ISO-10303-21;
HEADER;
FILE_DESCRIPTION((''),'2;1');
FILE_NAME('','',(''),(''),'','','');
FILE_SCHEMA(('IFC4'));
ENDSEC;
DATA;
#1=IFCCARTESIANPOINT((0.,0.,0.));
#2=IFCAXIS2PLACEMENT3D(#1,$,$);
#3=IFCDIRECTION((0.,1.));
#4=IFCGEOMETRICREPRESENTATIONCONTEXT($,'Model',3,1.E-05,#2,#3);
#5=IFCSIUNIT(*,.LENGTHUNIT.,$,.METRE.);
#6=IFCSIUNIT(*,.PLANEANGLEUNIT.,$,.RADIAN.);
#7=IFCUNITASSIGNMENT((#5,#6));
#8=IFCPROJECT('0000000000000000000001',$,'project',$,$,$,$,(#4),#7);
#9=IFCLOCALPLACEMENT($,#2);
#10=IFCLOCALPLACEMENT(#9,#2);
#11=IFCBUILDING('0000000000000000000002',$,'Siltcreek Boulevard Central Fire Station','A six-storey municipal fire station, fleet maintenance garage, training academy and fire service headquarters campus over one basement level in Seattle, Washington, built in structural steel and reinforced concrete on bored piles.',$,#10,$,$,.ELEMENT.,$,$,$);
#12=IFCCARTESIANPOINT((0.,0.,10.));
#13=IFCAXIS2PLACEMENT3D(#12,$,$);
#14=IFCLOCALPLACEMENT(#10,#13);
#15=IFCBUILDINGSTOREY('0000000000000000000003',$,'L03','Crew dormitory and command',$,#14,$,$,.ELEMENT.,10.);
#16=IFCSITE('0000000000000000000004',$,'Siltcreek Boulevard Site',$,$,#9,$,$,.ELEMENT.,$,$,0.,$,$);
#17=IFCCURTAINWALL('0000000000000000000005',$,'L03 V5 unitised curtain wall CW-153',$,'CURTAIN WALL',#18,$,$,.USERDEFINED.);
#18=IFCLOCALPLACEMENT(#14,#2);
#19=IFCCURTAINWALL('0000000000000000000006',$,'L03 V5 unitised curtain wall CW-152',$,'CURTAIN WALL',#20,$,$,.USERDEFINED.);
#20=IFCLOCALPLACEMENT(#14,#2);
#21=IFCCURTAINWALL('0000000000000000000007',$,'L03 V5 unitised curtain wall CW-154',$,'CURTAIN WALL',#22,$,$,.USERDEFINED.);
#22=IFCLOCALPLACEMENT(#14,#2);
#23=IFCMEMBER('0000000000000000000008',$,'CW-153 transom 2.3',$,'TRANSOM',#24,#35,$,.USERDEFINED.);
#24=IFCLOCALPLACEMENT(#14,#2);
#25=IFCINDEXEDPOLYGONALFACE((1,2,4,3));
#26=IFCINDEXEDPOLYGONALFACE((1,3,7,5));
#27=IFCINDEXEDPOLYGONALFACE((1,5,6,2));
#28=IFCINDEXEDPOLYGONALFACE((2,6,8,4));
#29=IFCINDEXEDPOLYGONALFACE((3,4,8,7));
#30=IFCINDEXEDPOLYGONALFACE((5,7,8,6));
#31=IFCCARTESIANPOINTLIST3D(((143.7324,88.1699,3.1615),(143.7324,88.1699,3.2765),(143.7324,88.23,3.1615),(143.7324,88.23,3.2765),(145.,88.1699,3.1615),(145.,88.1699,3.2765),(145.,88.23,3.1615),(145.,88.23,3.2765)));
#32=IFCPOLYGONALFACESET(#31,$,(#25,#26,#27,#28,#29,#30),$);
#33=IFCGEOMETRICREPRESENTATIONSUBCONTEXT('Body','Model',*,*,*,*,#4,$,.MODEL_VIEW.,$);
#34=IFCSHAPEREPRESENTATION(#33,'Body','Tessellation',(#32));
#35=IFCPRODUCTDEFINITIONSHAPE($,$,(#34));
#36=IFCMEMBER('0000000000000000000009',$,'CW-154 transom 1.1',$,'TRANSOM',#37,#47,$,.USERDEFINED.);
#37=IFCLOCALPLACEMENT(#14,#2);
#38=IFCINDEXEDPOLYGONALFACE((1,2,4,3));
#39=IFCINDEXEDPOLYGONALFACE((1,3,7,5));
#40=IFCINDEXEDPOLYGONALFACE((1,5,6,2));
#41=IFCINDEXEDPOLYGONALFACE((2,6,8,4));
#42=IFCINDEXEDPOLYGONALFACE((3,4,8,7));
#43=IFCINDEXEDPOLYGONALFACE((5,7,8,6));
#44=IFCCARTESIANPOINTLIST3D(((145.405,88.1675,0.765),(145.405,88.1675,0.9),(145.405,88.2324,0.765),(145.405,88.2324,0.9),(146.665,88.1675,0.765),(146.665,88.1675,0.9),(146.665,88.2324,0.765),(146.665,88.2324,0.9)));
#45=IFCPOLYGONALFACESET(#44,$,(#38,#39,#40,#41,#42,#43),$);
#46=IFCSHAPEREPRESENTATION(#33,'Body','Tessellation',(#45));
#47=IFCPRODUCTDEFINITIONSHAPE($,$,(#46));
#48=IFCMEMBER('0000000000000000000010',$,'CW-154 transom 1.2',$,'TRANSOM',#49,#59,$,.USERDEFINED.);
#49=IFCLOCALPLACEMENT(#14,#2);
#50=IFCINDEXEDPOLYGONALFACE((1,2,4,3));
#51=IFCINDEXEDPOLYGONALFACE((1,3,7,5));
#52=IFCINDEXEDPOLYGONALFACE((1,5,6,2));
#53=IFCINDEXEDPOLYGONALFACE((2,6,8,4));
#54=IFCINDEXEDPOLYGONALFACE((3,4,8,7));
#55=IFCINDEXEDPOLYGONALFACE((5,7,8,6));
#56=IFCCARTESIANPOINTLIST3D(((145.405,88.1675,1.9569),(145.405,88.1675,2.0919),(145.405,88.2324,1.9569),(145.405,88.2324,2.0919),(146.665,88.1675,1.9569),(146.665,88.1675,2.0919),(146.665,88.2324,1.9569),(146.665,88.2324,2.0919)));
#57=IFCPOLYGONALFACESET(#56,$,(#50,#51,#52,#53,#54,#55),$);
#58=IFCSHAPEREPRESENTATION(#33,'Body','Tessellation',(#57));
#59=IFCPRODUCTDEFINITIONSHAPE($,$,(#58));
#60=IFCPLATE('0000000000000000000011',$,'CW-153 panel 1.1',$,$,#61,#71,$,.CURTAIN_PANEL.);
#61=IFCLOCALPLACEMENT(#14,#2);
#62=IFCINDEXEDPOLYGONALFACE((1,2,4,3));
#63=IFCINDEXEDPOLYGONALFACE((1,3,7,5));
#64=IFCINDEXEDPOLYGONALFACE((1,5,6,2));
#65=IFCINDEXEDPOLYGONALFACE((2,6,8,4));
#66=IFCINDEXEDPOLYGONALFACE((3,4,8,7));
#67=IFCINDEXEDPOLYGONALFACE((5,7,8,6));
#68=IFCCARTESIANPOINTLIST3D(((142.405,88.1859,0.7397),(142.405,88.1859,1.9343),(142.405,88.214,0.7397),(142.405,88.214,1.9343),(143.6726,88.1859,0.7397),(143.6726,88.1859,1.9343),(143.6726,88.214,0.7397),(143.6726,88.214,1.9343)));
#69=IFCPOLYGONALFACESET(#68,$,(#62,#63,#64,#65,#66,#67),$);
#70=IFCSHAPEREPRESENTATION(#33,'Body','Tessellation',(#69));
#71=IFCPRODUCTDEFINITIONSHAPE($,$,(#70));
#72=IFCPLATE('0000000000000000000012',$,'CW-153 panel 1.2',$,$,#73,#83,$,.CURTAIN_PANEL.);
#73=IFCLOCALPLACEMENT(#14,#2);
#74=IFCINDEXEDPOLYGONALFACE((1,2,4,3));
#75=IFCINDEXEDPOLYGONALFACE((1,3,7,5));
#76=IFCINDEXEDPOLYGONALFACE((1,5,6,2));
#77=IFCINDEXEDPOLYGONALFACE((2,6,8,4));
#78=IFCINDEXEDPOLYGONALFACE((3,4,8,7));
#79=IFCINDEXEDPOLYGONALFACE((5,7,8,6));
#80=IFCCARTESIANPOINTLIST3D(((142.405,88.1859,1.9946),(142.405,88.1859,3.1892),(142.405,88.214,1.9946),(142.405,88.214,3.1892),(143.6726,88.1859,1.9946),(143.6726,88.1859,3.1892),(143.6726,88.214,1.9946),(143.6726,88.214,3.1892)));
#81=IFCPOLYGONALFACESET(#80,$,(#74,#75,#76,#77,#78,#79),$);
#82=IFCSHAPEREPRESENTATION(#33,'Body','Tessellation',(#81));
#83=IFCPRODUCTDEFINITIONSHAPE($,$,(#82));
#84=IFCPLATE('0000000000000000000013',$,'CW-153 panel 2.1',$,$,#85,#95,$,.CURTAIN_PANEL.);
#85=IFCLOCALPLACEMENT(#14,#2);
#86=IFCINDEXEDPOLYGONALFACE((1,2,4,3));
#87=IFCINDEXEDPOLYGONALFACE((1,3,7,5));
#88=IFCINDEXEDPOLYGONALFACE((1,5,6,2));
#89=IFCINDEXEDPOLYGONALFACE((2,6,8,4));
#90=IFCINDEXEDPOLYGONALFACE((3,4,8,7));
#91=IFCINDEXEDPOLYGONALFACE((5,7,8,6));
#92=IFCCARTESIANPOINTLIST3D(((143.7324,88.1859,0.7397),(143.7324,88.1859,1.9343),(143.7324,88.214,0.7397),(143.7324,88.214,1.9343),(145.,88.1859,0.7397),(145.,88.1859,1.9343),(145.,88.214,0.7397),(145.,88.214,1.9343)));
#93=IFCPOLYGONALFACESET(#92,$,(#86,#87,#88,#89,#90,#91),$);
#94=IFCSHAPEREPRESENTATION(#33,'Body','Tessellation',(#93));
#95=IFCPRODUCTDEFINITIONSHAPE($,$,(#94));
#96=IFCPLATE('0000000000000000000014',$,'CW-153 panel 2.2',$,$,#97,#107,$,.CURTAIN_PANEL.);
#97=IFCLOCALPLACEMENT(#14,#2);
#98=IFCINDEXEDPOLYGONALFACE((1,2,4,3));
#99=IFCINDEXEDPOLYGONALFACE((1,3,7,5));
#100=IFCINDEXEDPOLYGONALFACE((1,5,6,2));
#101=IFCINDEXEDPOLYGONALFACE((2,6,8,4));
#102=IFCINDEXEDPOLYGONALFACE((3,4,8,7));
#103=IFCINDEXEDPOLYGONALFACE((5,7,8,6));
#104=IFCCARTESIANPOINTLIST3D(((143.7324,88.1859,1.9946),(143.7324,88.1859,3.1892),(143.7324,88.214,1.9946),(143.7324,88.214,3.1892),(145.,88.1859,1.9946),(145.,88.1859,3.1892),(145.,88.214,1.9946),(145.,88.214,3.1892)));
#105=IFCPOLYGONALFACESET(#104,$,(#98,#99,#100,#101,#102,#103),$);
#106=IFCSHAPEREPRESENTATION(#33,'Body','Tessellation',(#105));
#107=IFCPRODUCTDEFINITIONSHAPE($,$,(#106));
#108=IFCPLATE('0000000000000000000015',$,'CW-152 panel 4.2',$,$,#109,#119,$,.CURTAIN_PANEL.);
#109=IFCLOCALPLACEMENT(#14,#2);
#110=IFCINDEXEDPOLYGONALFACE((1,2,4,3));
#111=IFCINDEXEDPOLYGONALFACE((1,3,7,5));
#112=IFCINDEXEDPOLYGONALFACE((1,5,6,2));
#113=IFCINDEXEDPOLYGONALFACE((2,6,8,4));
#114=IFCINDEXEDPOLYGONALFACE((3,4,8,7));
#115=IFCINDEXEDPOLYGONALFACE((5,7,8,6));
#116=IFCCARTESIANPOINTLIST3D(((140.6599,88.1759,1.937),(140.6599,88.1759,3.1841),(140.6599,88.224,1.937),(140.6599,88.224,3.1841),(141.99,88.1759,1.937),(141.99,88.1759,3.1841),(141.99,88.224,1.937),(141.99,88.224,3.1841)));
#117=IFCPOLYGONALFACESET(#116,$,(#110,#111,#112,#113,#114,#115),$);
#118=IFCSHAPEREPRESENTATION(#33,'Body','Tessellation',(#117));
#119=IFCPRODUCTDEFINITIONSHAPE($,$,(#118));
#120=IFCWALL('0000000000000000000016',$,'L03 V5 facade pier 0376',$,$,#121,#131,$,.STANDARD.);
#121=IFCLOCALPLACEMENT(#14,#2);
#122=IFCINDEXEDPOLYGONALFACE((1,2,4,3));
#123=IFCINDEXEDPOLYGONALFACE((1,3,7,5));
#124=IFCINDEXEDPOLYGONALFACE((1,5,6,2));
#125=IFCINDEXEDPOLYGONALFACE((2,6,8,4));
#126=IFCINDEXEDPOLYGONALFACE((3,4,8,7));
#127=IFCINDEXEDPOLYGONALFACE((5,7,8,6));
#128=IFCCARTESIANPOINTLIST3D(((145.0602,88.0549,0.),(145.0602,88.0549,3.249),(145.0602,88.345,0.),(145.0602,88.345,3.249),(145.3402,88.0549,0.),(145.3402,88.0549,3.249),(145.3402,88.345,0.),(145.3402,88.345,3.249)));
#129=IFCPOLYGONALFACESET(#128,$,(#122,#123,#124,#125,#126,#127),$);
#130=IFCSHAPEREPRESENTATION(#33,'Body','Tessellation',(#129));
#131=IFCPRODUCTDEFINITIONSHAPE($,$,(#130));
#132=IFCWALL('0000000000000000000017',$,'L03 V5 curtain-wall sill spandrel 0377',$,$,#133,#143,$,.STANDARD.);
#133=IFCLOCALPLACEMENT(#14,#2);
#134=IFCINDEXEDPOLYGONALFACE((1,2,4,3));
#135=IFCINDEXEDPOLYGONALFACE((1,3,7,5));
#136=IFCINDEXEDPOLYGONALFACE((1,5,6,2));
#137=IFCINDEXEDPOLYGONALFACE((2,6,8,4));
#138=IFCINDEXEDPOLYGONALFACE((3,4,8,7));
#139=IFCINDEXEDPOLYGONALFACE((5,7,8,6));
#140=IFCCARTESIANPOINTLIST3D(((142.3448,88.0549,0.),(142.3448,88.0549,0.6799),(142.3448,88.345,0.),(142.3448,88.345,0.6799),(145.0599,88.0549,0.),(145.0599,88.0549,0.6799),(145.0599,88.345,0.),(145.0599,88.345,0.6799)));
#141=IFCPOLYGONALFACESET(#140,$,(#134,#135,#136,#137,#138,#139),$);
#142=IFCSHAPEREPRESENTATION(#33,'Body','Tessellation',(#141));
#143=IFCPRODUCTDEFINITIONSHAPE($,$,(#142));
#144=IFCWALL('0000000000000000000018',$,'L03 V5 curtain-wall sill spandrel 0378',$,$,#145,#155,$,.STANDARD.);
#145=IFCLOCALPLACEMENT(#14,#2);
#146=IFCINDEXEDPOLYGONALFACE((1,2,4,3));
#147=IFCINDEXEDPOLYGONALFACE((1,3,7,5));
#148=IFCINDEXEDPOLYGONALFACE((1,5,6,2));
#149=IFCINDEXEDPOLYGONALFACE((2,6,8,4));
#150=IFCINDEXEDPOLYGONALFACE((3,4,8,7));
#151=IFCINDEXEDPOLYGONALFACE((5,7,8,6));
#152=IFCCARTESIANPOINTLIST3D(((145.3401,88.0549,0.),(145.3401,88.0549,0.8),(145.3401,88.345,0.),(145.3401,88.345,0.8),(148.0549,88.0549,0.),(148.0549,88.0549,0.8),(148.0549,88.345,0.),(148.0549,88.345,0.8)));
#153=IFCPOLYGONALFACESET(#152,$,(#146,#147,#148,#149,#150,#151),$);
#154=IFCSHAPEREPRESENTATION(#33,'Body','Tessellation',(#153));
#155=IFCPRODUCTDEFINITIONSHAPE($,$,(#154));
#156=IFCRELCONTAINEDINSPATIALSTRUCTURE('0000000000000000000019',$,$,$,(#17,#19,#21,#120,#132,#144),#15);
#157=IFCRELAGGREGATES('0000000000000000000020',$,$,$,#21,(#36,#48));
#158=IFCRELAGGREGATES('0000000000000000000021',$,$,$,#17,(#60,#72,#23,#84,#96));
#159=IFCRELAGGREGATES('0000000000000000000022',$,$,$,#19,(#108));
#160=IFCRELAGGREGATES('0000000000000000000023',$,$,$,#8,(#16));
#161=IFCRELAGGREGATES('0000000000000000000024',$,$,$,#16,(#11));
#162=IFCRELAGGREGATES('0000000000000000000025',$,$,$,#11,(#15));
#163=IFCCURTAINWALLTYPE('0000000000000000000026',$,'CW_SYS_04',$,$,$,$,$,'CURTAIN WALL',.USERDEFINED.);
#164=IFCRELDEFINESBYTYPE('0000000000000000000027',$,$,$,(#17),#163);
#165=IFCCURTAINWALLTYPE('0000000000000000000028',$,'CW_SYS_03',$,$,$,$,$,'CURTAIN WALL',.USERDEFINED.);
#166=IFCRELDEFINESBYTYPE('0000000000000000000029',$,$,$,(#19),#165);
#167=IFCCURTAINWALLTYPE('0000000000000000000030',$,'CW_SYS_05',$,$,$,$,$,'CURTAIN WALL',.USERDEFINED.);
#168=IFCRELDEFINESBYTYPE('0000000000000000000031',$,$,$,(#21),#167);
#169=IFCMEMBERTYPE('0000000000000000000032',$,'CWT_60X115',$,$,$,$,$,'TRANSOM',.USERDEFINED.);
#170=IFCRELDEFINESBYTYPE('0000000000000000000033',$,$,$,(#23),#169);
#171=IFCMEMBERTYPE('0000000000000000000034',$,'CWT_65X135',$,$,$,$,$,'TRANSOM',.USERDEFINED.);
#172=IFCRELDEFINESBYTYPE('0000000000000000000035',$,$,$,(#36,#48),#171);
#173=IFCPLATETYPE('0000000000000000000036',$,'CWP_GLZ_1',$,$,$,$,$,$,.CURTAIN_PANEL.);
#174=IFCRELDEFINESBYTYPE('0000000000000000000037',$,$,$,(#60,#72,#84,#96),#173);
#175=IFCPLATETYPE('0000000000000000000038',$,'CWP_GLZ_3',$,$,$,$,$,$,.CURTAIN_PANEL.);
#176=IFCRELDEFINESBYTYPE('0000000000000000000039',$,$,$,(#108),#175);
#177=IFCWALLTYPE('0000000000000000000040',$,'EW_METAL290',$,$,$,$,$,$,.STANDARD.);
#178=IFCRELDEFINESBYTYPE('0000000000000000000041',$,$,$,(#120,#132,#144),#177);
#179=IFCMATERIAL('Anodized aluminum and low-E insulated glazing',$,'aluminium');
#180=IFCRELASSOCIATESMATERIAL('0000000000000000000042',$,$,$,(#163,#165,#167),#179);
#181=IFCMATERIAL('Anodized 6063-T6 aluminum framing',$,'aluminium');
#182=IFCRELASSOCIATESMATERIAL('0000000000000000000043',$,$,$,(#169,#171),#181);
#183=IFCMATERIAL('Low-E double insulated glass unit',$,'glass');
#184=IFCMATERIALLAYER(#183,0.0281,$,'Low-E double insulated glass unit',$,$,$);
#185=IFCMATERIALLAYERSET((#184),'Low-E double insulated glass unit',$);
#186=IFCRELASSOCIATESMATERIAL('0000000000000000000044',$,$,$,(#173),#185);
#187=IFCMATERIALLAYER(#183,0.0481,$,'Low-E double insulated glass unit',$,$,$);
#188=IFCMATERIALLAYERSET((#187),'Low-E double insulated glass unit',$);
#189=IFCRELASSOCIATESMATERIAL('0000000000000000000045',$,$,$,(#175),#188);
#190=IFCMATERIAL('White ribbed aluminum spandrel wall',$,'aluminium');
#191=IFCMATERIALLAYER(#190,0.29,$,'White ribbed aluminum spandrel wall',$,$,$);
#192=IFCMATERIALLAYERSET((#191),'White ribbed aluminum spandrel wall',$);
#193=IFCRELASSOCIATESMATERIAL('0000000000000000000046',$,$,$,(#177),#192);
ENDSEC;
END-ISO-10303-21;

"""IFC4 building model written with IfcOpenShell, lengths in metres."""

from ifc_helpers import new_model, si_unit, direction, frame, frame_2d, origin, origin_2d, place, context, subcontext, project, spatial, rectangle, extrude, material, layer, layer_set, material_profile, profile_set, type_object, element, aggregate, save


model = new_model("IFC4")

# Units and contexts
model_context = context("Model", 3, precision=1e-05, world=origin(), true_north=direction((0.0, 1.0)))
body_context = subcontext(model_context, "Body", "Model", "MODEL_VIEW")
ifc_project = project(units=[si_unit("LENGTHUNIT", "METRE"), si_unit("PLANEANGLEUNIT", "RADIAN")], contexts=[model_context])

# Site, building, storey
site_placement = place(None, origin())
site = spatial("IfcSite", under=ifc_project, at=site_placement, Name="Siltcreek Boulevard Site", CompositionType="ELEMENT", RefElevation=0.0)
building_placement = place(site_placement, origin())
building = spatial("IfcBuilding", under=site, at=building_placement, Name="Siltcreek Boulevard Central Fire Station", Description="A six-storey municipal fire station, fleet maintenance garage, training academy and fire service headquarters campus over one basement level in Seattle, Washington, built in structural steel and reinforced concrete on bored piles.", CompositionType="ELEMENT")
storey_placement = place(building_placement, frame((0.0, 0.0, 10.0)))
storey = spatial("IfcBuildingStorey", under=building, at=storey_placement, Name="L03", Description="Crew dormitory and command", CompositionType="ELEMENT", Elevation=10.0)

# Curtain wall
ifc_material_1 = material(Name="Anodized aluminum and low-E insulated glazing", Category="aluminium")
curtain_wall_type_1 = type_object("IfcCurtainWallType", Name="CW_SYS_04", ElementType="CURTAIN WALL", PredefinedType="USERDEFINED", material=ifc_material_1)
curtain_wall_1_placement = place(storey_placement, origin())
curtain_wall_1 = element("IfcCurtainWall", 1, at=curtain_wall_1_placement, inside=storey, type_object=curtain_wall_type_1, Name="L03 V5 unitised curtain wall CW-153", ObjectType="CURTAIN WALL", PredefinedType="USERDEFINED")
ifc_material_2 = material(Name="Anodized 6063-T6 aluminum framing", Category="aluminium")

# Curtain walls
curtain_wall_type_2 = type_object("IfcCurtainWallType", Name="CW_SYS_03", ElementType="CURTAIN WALL", PredefinedType="USERDEFINED", material=ifc_material_1)
curtain_wall_2_placement = place(storey_placement, origin())
curtain_wall_2 = element("IfcCurtainWall", 2, at=curtain_wall_2_placement, inside=storey, type_object=curtain_wall_type_2, Name="L03 V5 unitised curtain wall CW-152", ObjectType="CURTAIN WALL", PredefinedType="USERDEFINED")
curtain_wall_type_3 = type_object("IfcCurtainWallType", Name="CW_SYS_05", ElementType="CURTAIN WALL", PredefinedType="USERDEFINED", material=ifc_material_1)
curtain_wall_3_placement = place(storey_placement, origin())
curtain_wall_3 = element("IfcCurtainWall", 3, at=curtain_wall_3_placement, inside=storey, type_object=curtain_wall_type_3, Name="L03 V5 unitised curtain wall CW-154", ObjectType="CURTAIN WALL", PredefinedType="USERDEFINED")

# Members
ifc_material_profile_1 = material_profile(ifc_material_2, rectangle(XDim=0.0601, YDim=0.115, at=origin_2d()), Name="TRAN60X115")
ifc_profile_set_1 = profile_set([ifc_material_profile_1], Name="Anodized 6063-T6 aluminum framing")
member_type_1 = type_object("IfcMemberType", Name="CWT_60X115", ElementType="TRANSOM", PredefinedType="USERDEFINED", material=ifc_profile_set_1)
member_1_placement = place(storey_placement, frame((143.7324, 88.2, 3.219), z_axis=(1.0, 0.0, 0.0), x_axis=(0.0, 1.0, 0.0)))
member_1 = element("IfcMember", 4, at=member_1_placement, type_object=member_type_1, Name="CW-153 transom 2.3", ObjectType="TRANSOM", PredefinedType="USERDEFINED", context=body_context, shape_type="SweptSolid", body=[
    extrude(rectangle(XDim=0.0601, YDim=0.115, at=origin_2d()), origin(), (0.0, 0.0, 1.0), 1.2676),
])
ifc_material_profile_2 = material_profile(ifc_material_2, rectangle(XDim=0.0649, YDim=0.135, at=origin_2d()), Name="TRAN65X135")
ifc_profile_set_2 = profile_set([ifc_material_profile_2], Name="Anodized 6063-T6 aluminum framing")
member_type_2 = type_object("IfcMemberType", Name="CWT_65X135", ElementType="TRANSOM", PredefinedType="USERDEFINED", material=ifc_profile_set_2)
member_2_placement = place(storey_placement, frame((145.405, 88.2, 0.8325), z_axis=(1.0, 0.0, 0.0), x_axis=(0.0, 1.0, 0.0)))
member_2 = element("IfcMember", 5, at=member_2_placement, type_object=member_type_2, Name="CW-154 transom 1.1", ObjectType="TRANSOM", PredefinedType="USERDEFINED", context=body_context, shape_type="SweptSolid", body=[
    extrude(rectangle(XDim=0.0649, YDim=0.135, at=origin_2d()), origin(), (0.0, 0.0, 1.0), 1.26),
])
member_3_placement = place(storey_placement, frame((145.405, 88.2, 2.0244), z_axis=(1.0, 0.0, 0.0), x_axis=(0.0, 1.0, 0.0)))
member_3 = element("IfcMember", 6, at=member_3_placement, type_object=member_type_2, Name="CW-154 transom 1.2", ObjectType="TRANSOM", PredefinedType="USERDEFINED", context=body_context, shape_type="SweptSolid", body=[
    extrude(rectangle(XDim=0.0649, YDim=0.135, at=origin_2d()), origin(), (0.0, 0.0, 1.0), 1.26),
])
aggregate(curtain_wall_3, [member_2, member_3])

# Plates
ifc_material_3 = material(Name="Low-E double insulated glass unit", Category="glass")
ifc_layer_1 = layer(ifc_material_3, 0.0281, Name="Low-E double insulated glass unit")
ifc_layer_set_1 = layer_set([ifc_layer_1], Name="Low-E double insulated glass unit")
plate_type_1 = type_object("IfcPlateType", Name="CWP_GLZ_1", PredefinedType="CURTAIN_PANEL", material=ifc_layer_set_1)
plate_1_placement = place(storey_placement, frame((143.0388, 88.2, 0.7397), z_axis=(0.0, 0.0, 1.0), x_axis=(1.0, 0.0, 0.0)))
plate_1 = element("IfcPlate", 7, at=plate_1_placement, type_object=plate_type_1, Name="CW-153 panel 1.1", PredefinedType="CURTAIN_PANEL", context=body_context, shape_type="SweptSolid", body=[
    extrude(rectangle(XDim=1.2676, YDim=0.0281, at=origin_2d()), origin(), (0.0, 0.0, 1.0), 1.1946),
])
plate_2_placement = place(storey_placement, frame((143.0388, 88.2, 1.9946), z_axis=(0.0, 0.0, 1.0), x_axis=(1.0, 0.0, 0.0)))
plate_2 = element("IfcPlate", 8, at=plate_2_placement, type_object=plate_type_1, Name="CW-153 panel 1.2", PredefinedType="CURTAIN_PANEL", context=body_context, shape_type="SweptSolid", body=[
    extrude(rectangle(XDim=1.2676, YDim=0.0281, at=origin_2d()), origin(), (0.0, 0.0, 1.0), 1.1946),
])
plate_3_placement = place(storey_placement, frame((144.3662, 88.2, 0.7397), z_axis=(0.0, 0.0, 1.0), x_axis=(1.0, 0.0, 0.0)))
plate_3 = element("IfcPlate", 9, at=plate_3_placement, type_object=plate_type_1, Name="CW-153 panel 2.1", PredefinedType="CURTAIN_PANEL", context=body_context, shape_type="SweptSolid", body=[
    extrude(rectangle(XDim=1.2676, YDim=0.0281, at=origin_2d()), origin(), (0.0, 0.0, 1.0), 1.1946),
])
plate_4_placement = place(storey_placement, frame((144.3662, 88.2, 1.9946), z_axis=(0.0, 0.0, 1.0), x_axis=(1.0, 0.0, 0.0)))
plate_4 = element("IfcPlate", 10, at=plate_4_placement, type_object=plate_type_1, Name="CW-153 panel 2.2", PredefinedType="CURTAIN_PANEL", context=body_context, shape_type="SweptSolid", body=[
    extrude(rectangle(XDim=1.2676, YDim=0.0281, at=origin_2d()), origin(), (0.0, 0.0, 1.0), 1.1946),
])
aggregate(curtain_wall_1, [plate_1, plate_2, member_1, plate_3, plate_4])
ifc_layer_2 = layer(ifc_material_3, 0.0481, Name="Low-E double insulated glass unit")
ifc_layer_set_2 = layer_set([ifc_layer_2], Name="Low-E double insulated glass unit")
plate_type_2 = type_object("IfcPlateType", Name="CWP_GLZ_3", PredefinedType="CURTAIN_PANEL", material=ifc_layer_set_2)
plate_5_placement = place(storey_placement, frame((141.325, 88.2, 1.937), z_axis=(0.0, 0.0, 1.0), x_axis=(1.0, 0.0, 0.0)))
plate_5 = element("IfcPlate", 11, at=plate_5_placement, type_object=plate_type_2, Name="CW-152 panel 4.2", PredefinedType="CURTAIN_PANEL", context=body_context, shape_type="SweptSolid", body=[
    extrude(rectangle(XDim=1.3301, YDim=0.0481, at=origin_2d()), origin(), (0.0, 0.0, 1.0), 1.2471),
])
aggregate(curtain_wall_2, [plate_5])

# Walls
ifc_material_4 = material(Name="White ribbed aluminum spandrel wall", Category="aluminium")
ifc_layer_3 = layer(ifc_material_4, 0.29, Name="White ribbed aluminum spandrel wall")
ifc_layer_set_3 = layer_set([ifc_layer_3], Name="White ribbed aluminum spandrel wall")
wall_type = type_object("IfcWallType", Name="EW_METAL290", PredefinedType="STANDARD", material=ifc_layer_set_3)
wall_1_placement = place(storey_placement, frame((145.0601, 88.2, 0.0), z_axis=(0.0, 0.0, 1.0), x_axis=(1.0, 0.0, 0.0)))
element("IfcWall", 12, at=wall_1_placement, inside=storey, type_object=wall_type, Name="L03 V5 facade pier 0376", PredefinedType="STANDARD", context=body_context, shape_type="SweptSolid", body=[
    extrude(rectangle(XDim=0.28, YDim=0.29, at=frame_2d((0.1401, 0.0))), origin(), (0.0, 0.0, 1.0), 3.249),
])
wall_2_placement = place(storey_placement, frame((142.345, 88.2, 0.0), z_axis=(0.0, 0.0, 1.0), x_axis=(1.0, 0.0, 0.0)))
element("IfcWall", 13, at=wall_2_placement, inside=storey, type_object=wall_type, Name="L03 V5 curtain-wall sill spandrel 0377", PredefinedType="STANDARD", context=body_context, shape_type="SweptSolid", body=[
    extrude(rectangle(XDim=2.7151, YDim=0.29, at=frame_2d((1.3574, 0.0))), origin(), (0.0, 0.0, 1.0), 0.6799),
])
wall_3_placement = place(storey_placement, frame((145.3401, 88.2, 0.0), z_axis=(0.0, 0.0, 1.0), x_axis=(1.0, 0.0, 0.0)))
element("IfcWall", 14, at=wall_3_placement, inside=storey, type_object=wall_type, Name="L03 V5 curtain-wall sill spandrel 0378", PredefinedType="STANDARD", context=body_context, shape_type="SweptSolid", body=[
    extrude(rectangle(XDim=2.7148, YDim=0.29, at=frame_2d((1.3574, 0.0))), origin(), (0.0, 0.0, 1.0), 0.8),
])

save(model, "model.ifc")
